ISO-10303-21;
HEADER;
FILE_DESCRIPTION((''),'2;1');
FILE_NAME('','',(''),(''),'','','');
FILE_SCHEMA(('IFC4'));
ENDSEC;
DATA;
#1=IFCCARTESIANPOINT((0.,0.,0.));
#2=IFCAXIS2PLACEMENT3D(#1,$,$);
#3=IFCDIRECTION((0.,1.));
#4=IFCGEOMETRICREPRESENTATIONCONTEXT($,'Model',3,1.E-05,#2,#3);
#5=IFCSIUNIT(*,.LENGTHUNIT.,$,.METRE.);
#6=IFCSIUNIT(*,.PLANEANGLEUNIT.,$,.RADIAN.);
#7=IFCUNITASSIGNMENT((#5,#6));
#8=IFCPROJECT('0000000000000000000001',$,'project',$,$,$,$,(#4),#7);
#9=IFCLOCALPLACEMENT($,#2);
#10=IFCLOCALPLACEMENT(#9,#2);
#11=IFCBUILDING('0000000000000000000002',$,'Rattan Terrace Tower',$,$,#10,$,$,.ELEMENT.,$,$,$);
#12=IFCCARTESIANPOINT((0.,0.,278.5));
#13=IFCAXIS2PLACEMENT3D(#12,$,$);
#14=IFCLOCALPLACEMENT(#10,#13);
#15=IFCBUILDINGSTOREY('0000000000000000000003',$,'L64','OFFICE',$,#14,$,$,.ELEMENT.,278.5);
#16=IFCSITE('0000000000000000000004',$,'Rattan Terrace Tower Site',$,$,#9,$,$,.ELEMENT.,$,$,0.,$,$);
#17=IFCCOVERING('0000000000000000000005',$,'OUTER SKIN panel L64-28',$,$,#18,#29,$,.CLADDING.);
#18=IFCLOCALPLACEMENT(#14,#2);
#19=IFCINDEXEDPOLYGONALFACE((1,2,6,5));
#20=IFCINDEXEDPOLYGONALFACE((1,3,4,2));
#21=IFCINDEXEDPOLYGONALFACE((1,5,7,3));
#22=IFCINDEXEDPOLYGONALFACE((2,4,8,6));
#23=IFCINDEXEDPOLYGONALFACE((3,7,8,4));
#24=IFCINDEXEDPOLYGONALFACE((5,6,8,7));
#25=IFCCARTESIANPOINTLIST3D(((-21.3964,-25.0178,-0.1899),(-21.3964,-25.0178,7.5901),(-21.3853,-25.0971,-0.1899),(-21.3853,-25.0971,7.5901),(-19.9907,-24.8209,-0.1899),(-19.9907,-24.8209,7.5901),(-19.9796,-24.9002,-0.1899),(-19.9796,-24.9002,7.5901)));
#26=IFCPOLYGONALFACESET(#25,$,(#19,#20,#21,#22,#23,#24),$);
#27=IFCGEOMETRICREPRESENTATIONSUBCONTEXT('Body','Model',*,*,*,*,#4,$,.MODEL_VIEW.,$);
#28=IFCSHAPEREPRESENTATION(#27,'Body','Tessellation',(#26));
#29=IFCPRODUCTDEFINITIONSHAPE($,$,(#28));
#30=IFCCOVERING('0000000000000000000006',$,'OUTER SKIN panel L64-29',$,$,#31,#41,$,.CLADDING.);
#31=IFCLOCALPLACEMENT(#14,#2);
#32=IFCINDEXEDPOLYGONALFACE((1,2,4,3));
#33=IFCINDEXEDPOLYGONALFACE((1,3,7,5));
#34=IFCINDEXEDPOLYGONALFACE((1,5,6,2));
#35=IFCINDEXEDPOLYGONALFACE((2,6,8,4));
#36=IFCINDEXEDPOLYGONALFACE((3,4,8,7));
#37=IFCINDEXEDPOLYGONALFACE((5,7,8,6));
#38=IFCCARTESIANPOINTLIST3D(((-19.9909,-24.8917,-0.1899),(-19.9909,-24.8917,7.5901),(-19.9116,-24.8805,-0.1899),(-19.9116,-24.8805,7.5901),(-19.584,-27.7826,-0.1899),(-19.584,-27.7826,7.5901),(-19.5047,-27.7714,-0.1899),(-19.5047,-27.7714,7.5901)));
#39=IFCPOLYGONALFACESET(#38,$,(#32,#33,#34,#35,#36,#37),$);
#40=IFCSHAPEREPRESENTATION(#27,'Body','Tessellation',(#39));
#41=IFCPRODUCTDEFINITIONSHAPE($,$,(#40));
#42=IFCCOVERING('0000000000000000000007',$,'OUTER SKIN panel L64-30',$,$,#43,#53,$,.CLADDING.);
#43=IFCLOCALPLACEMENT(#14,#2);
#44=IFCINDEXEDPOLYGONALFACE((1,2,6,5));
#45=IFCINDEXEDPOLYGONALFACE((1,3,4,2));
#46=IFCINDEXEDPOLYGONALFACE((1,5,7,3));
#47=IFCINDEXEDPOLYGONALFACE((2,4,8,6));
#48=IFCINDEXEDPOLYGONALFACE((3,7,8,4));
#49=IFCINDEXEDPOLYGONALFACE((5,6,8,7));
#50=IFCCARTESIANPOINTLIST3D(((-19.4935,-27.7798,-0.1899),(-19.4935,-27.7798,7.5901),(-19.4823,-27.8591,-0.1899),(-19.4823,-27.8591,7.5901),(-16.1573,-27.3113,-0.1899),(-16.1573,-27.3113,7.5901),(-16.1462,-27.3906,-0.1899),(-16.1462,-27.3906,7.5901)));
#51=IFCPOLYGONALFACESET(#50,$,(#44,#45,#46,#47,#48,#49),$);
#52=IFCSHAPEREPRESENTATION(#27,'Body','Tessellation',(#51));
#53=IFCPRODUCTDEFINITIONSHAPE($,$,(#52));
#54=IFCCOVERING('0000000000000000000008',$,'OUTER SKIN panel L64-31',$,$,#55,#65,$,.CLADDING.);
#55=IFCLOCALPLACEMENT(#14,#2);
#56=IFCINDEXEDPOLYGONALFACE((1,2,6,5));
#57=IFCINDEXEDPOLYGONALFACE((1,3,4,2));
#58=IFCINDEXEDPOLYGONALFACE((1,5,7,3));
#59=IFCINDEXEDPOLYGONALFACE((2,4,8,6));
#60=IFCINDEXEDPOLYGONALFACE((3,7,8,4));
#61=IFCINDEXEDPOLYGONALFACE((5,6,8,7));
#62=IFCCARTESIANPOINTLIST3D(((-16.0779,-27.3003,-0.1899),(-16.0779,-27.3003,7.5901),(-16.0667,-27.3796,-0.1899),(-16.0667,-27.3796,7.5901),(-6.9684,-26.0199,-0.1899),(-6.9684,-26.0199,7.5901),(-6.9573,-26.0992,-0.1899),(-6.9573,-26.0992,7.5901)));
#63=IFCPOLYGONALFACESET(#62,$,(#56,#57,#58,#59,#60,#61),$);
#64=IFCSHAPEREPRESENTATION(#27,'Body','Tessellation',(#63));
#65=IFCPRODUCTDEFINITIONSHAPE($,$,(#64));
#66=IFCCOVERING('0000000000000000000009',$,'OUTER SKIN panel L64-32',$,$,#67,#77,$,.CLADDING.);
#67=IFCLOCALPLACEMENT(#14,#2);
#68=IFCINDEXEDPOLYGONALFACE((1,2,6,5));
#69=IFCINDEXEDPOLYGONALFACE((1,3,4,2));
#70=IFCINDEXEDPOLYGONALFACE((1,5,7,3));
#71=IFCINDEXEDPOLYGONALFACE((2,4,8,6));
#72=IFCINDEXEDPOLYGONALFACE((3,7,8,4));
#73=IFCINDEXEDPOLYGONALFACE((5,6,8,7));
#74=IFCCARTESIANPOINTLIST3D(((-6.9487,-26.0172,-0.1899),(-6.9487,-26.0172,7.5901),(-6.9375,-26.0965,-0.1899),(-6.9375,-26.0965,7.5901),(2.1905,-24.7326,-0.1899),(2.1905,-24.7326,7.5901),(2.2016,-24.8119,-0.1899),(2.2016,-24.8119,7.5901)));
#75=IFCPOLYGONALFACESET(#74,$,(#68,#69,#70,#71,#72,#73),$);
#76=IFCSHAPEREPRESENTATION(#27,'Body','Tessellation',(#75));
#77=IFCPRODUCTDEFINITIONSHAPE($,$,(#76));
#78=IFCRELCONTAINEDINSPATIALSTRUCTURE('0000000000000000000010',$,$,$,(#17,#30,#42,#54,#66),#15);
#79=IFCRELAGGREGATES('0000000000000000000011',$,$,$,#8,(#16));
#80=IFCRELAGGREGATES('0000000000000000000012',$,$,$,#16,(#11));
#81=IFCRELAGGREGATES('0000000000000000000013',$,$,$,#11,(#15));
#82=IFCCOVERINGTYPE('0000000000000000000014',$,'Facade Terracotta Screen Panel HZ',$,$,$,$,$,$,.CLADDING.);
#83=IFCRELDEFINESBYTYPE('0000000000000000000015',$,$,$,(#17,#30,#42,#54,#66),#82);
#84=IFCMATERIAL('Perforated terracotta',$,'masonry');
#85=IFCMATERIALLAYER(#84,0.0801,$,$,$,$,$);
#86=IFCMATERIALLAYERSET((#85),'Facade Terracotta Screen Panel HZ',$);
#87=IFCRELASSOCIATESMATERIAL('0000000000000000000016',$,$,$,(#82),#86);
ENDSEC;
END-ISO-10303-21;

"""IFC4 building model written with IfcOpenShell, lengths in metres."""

from ifc_helpers import new_model, si_unit, direction, frame, origin, origin_2d, place, context, subcontext, project, spatial, rectangle, extrude, material, layer, layer_set, type_object, element, save


model = new_model("IFC4")

# Units and contexts
model_context = context("Model", 3, precision=1e-05, world=origin(), true_north=direction((0.0, 1.0)))
body_context = subcontext(model_context, "Body", "Model", "MODEL_VIEW")
ifc_project = project(units=[si_unit("LENGTHUNIT", "METRE"), si_unit("PLANEANGLEUNIT", "RADIAN")], contexts=[model_context])

# Site, building, storey
site_placement = place(None, origin())
site = spatial("IfcSite", under=ifc_project, at=site_placement, Name="Rattan Terrace Tower Site", CompositionType="ELEMENT", RefElevation=0.0)
building_placement = place(site_placement, origin())
building = spatial("IfcBuilding", under=site, at=building_placement, Name="Rattan Terrace Tower", CompositionType="ELEMENT")
storey_placement = place(building_placement, frame((0.0, 0.0, 278.5)))
storey = spatial("IfcBuildingStorey", under=building, at=storey_placement, Name="L64", Description="OFFICE", CompositionType="ELEMENT", Elevation=278.5)

# Coverings
ifc_material_1 = material(Name="Perforated terracotta", Category="masonry")
ifc_layer_1 = layer(ifc_material_1, 0.0801)
ifc_layer_set_1 = layer_set([ifc_layer_1], Name="Facade Terracotta Screen Panel HZ")
covering_type = type_object("IfcCoveringType", Name="Facade Terracotta Screen Panel HZ", PredefinedType="CLADDING", material=ifc_layer_set_1)
covering_1_placement = place(storey_placement, frame((-20.688, -24.959, -0.1899), z_axis=(0.0, 0.0, 1.0), x_axis=(0.990333, 0.138713, 0.0)))
element("IfcCovering", 1, at=covering_1_placement, inside=storey, type_object=covering_type, Name="OUTER SKIN panel L64-28", PredefinedType="CLADDING", context=body_context, shape_type="SweptSolid", body=[
    extrude(rectangle(XDim=1.4194, YDim=0.0801, at=origin_2d()), origin(), (0.0, 0.0, 1.0), 7.78),
])
covering_2_placement = place(storey_placement, frame((-19.7478, -26.3315, -0.1899), z_axis=(0.0, 0.0, 1.0), x_axis=(0.139367, -0.990241, 0.0)))
element("IfcCovering", 2, at=covering_2_placement, inside=storey, type_object=covering_type, Name="OUTER SKIN panel L64-29", PredefinedType="CLADDING", context=body_context, shape_type="SweptSolid", body=[
    extrude(rectangle(XDim=2.9194, YDim=0.0801, at=origin_2d()), origin(), (0.0, 0.0, 1.0), 7.78),
])
covering_3_placement = place(storey_placement, frame((-17.8198, -27.5852, -0.1899), z_axis=(0.0, 0.0, 1.0), x_axis=(0.990287, 0.13904, 0.0)))
element("IfcCovering", 3, at=covering_3_placement, inside=storey, type_object=covering_type, Name="OUTER SKIN panel L64-30", PredefinedType="CLADDING", context=body_context, shape_type="SweptSolid", body=[
    extrude(rectangle(XDim=3.3689, YDim=0.0801, at=origin_2d()), origin(), (0.0, 0.0, 1.0), 7.78),
])
covering_4_placement = place(storey_placement, frame((-11.5176, -26.6997, -0.1899), z_axis=(0.0, 0.0, 1.0), x_axis=(0.990266, 0.139189, 0.0)))
element("IfcCovering", 4, at=covering_4_placement, inside=storey, type_object=covering_type, Name="OUTER SKIN panel L64-31", PredefinedType="CLADDING", context=body_context, shape_type="SweptSolid", body=[
    extrude(rectangle(XDim=9.199, YDim=0.0801, at=origin_2d()), origin(), (0.0, 0.0, 1.0), 7.78),
])
covering_5_placement = place(storey_placement, frame((-2.3735, -25.4146, -0.1899), z_axis=(0.0, 0.0, 1.0), x_axis=(0.990266, 0.139189, 0.0)))
element("IfcCovering", 5, at=covering_5_placement, inside=storey, type_object=covering_type, Name="OUTER SKIN panel L64-32", PredefinedType="CLADDING", context=body_context, shape_type="SweptSolid", body=[
    extrude(rectangle(XDim=9.229, YDim=0.0801, at=origin_2d()), origin(), (0.0, 0.0, 1.0), 7.78),
])

save(model, "model.ifc")
